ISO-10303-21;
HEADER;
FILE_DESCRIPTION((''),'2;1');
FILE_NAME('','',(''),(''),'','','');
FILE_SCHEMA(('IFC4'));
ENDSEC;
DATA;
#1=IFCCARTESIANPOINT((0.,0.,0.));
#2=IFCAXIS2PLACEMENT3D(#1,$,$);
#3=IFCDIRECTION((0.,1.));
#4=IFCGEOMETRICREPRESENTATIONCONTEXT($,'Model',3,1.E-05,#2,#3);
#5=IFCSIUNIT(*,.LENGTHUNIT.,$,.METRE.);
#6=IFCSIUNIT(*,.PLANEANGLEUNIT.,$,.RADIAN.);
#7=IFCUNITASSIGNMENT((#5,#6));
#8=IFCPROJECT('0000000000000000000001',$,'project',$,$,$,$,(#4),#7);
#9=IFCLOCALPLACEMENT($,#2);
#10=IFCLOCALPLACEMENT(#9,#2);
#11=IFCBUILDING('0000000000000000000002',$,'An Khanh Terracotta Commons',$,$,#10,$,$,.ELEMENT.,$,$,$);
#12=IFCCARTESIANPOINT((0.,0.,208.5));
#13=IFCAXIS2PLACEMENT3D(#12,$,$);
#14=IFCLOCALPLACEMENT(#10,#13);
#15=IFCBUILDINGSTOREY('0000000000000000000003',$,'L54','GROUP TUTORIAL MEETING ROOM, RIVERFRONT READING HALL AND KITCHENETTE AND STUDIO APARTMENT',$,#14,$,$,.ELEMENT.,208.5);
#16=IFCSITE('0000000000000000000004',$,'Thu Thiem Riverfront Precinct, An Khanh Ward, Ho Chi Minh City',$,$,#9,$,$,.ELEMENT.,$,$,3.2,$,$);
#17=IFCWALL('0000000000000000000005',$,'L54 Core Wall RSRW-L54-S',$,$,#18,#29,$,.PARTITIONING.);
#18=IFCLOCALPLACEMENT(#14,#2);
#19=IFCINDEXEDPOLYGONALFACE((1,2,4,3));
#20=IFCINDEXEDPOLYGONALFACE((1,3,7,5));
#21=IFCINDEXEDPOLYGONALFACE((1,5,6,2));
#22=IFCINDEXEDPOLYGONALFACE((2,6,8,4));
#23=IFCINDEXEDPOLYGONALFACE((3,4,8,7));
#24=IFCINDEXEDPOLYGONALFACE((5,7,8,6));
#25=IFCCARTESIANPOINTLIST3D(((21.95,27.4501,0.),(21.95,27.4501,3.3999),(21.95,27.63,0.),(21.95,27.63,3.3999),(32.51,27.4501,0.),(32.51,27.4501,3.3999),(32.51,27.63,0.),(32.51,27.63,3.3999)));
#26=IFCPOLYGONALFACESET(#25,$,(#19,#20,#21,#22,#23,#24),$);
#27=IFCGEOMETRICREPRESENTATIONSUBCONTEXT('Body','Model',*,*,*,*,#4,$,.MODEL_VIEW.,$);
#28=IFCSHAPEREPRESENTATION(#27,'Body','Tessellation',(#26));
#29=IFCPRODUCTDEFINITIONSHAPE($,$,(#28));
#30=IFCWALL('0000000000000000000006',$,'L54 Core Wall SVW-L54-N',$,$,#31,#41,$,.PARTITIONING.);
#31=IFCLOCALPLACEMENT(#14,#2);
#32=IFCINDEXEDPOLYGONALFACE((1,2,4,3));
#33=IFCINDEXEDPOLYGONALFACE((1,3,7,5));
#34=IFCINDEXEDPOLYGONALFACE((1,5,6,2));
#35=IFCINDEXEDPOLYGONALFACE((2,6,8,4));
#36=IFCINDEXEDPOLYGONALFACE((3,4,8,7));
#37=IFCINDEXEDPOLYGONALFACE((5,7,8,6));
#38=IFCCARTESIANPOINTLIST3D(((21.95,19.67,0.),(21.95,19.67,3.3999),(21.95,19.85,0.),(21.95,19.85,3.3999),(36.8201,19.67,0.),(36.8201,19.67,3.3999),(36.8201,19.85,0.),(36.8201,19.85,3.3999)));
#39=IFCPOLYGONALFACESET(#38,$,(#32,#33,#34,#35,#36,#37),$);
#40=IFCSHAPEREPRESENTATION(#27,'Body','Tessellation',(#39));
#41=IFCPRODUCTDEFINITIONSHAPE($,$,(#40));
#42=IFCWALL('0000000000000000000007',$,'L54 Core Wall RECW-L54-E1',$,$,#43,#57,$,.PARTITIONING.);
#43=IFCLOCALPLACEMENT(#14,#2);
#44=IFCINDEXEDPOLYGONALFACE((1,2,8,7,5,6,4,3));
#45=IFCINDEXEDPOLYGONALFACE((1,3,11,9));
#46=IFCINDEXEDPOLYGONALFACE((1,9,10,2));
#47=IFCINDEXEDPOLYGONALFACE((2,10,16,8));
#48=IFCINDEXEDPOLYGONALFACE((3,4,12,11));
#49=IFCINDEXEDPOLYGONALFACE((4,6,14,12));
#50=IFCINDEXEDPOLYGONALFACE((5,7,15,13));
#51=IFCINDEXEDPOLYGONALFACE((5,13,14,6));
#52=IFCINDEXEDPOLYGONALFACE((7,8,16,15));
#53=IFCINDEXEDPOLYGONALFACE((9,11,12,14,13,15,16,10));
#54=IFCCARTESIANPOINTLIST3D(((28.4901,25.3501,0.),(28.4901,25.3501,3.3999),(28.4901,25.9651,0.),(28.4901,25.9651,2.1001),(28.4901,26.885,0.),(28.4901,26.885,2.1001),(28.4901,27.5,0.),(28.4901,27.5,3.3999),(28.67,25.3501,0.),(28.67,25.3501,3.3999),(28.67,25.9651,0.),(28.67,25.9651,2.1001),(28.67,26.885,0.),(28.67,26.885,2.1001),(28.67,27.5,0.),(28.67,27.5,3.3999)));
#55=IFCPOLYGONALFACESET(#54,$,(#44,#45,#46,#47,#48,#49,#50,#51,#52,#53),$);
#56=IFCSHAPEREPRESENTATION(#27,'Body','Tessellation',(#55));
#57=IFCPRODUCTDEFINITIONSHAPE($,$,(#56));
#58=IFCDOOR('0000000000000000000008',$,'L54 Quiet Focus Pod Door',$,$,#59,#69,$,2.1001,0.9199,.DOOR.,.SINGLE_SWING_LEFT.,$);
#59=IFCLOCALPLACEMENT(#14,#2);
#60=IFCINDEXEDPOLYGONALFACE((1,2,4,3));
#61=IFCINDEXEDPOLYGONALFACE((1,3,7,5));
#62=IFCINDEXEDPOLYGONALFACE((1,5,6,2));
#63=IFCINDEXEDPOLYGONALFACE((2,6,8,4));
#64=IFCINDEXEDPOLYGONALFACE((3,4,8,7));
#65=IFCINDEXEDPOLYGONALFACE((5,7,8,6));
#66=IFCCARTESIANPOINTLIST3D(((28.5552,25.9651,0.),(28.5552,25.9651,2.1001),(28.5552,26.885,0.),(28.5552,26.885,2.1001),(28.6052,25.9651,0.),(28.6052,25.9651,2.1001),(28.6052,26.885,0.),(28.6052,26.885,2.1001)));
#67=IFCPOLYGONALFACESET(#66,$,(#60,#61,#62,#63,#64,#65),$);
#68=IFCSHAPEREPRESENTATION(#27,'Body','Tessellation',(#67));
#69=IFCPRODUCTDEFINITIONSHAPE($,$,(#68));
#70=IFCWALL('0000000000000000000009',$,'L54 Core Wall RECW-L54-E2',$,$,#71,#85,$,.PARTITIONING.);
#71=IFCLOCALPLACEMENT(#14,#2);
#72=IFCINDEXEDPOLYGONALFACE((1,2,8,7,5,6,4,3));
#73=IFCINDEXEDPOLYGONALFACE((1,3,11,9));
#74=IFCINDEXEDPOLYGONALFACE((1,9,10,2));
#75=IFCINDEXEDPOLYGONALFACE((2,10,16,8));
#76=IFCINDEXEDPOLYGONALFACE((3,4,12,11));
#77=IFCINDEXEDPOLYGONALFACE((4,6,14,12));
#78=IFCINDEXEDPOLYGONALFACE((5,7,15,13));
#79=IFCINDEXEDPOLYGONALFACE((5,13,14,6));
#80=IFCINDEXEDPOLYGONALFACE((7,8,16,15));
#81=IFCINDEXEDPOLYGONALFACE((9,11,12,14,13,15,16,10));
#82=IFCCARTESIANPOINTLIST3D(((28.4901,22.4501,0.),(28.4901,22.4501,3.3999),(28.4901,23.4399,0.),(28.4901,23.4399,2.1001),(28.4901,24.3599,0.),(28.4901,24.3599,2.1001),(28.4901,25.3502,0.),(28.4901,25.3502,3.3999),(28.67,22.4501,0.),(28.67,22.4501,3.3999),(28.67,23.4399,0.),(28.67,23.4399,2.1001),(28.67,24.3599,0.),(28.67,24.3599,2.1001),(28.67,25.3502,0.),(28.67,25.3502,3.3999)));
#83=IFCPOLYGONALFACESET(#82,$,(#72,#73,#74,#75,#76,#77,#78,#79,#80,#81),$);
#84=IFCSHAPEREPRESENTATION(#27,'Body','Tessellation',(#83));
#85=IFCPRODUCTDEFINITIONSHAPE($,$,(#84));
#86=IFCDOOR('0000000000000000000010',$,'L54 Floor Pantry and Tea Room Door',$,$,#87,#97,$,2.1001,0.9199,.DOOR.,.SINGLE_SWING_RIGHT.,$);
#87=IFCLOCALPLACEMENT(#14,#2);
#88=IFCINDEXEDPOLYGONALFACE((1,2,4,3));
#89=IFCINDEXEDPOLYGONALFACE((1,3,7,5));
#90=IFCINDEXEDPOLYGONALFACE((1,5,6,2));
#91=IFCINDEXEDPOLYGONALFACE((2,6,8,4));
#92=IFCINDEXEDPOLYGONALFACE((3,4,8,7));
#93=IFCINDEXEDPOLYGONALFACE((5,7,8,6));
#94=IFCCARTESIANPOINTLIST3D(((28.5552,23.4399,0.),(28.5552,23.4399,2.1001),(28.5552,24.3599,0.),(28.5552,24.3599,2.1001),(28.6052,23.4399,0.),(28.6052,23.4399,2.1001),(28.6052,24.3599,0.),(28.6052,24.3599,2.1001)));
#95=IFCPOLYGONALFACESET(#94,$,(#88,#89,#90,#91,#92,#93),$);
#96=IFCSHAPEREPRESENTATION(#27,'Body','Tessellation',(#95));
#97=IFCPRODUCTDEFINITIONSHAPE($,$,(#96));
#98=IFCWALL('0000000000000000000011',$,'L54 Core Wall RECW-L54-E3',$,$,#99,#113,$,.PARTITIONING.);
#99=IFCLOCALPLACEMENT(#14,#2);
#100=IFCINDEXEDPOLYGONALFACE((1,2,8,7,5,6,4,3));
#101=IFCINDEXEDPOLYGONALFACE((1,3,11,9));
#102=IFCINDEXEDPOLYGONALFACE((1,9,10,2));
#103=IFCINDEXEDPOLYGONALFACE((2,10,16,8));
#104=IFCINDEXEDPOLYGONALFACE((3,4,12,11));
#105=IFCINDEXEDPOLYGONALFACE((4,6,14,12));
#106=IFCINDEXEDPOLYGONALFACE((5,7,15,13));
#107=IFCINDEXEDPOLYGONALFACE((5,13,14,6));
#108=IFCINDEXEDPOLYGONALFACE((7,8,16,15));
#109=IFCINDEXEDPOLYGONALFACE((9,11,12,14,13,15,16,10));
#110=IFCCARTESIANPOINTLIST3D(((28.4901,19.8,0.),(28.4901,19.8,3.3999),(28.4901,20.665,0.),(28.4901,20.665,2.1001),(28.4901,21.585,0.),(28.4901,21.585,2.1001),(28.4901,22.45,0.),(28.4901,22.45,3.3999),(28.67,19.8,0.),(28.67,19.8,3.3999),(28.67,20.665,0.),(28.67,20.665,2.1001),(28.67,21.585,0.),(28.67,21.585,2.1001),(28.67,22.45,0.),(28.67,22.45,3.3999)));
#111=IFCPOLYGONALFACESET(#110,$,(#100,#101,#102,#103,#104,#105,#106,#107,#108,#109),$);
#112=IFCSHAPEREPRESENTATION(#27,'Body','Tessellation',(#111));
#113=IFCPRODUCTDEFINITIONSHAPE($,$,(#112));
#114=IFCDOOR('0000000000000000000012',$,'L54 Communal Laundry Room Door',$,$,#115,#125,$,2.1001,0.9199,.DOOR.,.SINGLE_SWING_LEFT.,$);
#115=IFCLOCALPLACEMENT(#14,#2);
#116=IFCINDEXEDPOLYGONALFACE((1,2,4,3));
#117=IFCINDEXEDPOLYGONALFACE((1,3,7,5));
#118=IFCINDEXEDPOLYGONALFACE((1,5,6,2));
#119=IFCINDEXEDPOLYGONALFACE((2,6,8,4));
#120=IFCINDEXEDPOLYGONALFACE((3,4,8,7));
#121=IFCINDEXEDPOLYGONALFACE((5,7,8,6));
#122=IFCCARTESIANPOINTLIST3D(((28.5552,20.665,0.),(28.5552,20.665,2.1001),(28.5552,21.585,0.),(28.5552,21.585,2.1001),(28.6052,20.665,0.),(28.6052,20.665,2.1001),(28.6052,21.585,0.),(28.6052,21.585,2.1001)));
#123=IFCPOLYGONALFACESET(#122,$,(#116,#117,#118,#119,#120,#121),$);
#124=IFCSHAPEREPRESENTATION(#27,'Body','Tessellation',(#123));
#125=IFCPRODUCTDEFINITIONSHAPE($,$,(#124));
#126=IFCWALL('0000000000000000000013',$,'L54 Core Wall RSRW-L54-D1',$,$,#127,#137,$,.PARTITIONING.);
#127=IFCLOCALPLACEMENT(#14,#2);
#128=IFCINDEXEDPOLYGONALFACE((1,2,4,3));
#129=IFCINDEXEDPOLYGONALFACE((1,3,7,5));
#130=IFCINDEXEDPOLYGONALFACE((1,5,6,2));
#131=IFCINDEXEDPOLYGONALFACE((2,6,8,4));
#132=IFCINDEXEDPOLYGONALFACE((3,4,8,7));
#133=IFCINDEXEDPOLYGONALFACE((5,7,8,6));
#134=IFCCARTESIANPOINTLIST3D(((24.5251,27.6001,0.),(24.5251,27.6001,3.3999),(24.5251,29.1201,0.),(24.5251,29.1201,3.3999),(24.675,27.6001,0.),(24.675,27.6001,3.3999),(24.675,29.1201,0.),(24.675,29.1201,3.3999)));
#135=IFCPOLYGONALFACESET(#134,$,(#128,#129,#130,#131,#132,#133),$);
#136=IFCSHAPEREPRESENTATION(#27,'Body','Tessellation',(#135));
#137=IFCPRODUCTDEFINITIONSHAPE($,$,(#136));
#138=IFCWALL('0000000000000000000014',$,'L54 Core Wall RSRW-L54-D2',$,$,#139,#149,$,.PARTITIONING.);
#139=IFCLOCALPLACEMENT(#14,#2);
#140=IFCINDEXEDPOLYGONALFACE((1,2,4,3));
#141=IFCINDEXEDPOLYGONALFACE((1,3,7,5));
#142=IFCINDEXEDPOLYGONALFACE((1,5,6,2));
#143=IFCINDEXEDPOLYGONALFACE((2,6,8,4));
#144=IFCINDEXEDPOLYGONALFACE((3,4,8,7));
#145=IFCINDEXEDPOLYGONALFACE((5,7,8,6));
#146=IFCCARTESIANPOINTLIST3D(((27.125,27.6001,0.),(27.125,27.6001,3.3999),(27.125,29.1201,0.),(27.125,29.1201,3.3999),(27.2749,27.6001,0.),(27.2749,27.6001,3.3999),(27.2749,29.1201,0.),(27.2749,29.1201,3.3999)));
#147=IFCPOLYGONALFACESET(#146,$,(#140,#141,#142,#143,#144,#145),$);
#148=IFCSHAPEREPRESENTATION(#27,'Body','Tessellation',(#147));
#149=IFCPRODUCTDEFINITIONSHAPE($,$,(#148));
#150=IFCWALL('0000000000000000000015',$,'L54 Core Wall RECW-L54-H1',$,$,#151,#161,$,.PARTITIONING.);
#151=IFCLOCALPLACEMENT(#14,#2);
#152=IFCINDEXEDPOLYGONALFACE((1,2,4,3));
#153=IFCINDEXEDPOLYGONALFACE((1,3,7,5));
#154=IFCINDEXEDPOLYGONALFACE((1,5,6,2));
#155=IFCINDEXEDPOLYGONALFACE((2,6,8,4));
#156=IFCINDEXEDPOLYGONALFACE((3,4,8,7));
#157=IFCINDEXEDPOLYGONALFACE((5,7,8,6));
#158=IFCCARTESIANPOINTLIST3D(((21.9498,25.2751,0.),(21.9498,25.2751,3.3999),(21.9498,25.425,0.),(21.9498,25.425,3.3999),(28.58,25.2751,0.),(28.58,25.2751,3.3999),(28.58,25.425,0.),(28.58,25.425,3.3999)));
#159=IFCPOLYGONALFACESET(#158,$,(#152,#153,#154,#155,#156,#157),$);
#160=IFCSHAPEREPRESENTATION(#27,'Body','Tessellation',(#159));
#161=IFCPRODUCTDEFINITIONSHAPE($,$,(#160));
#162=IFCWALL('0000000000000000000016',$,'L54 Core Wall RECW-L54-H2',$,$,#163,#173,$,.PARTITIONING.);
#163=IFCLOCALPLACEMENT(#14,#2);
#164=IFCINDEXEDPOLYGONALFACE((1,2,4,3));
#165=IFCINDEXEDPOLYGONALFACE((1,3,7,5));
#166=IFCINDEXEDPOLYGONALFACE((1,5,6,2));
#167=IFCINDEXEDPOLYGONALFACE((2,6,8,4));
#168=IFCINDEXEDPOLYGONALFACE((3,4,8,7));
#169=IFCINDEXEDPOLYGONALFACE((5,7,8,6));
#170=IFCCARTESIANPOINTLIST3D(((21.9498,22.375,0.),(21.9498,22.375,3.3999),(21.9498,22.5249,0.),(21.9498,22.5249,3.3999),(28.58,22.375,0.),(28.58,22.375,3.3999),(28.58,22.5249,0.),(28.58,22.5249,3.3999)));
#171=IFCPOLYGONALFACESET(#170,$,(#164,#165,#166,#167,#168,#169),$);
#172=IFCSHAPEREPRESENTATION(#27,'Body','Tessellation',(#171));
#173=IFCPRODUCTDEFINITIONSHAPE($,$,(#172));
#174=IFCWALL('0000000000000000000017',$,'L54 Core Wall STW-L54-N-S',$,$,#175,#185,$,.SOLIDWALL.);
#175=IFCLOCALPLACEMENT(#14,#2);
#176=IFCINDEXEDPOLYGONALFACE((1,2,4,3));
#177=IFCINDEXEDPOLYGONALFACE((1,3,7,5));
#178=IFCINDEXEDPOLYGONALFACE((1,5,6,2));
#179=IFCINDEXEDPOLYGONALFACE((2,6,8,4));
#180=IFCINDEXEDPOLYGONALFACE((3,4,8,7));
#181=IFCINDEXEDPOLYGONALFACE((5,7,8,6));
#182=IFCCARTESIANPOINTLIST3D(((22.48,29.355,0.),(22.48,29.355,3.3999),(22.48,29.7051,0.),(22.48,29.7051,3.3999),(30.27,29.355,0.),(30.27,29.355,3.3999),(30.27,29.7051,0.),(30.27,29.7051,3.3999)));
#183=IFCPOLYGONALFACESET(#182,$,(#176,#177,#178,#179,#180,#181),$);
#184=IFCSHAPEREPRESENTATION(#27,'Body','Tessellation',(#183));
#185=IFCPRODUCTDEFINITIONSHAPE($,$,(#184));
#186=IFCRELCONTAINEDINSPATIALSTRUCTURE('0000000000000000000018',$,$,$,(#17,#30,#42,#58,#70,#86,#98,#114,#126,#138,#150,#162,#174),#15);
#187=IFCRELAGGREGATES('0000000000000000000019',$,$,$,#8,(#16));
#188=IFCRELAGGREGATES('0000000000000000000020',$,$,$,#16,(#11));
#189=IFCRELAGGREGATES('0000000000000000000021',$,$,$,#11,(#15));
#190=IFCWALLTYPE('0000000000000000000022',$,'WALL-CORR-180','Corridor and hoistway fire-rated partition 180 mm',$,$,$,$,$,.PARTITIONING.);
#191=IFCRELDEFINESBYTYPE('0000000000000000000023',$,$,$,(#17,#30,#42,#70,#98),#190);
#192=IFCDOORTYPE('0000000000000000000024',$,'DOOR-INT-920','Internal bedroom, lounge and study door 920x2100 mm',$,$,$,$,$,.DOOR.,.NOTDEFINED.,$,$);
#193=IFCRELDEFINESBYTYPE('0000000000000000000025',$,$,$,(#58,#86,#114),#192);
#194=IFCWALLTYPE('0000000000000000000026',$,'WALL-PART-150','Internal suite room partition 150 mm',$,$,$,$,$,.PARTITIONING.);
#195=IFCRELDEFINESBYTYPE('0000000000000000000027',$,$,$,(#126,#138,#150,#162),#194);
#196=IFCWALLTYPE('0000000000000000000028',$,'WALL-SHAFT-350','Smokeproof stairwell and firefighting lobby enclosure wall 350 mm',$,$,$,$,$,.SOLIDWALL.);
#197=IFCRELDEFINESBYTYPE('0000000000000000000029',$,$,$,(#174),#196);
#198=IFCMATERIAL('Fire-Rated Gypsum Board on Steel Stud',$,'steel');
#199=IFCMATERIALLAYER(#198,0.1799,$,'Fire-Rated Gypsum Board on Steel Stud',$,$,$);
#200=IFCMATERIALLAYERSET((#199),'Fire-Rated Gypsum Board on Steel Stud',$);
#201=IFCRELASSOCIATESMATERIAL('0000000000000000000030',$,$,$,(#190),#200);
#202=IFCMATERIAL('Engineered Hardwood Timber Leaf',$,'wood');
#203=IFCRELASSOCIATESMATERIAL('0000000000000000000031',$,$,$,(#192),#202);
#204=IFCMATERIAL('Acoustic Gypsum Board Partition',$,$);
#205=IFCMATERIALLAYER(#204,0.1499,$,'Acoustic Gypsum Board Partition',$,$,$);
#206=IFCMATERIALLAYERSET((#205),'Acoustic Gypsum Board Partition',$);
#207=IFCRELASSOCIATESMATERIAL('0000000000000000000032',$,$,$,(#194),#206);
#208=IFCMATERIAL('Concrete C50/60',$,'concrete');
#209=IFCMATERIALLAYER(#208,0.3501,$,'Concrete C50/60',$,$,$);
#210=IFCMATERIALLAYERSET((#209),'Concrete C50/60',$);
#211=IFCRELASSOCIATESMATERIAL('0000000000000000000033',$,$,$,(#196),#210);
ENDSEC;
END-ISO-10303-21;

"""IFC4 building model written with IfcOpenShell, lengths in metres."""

from ifc_helpers import new_model, si_unit, direction, frame, frame_2d, origin, place, context, subcontext, project, spatial, rectangle, extrude, material, layer, layer_set, type_object, element, fill, save


model = new_model("IFC4")

# Units and contexts
model_context = context("Model", 3, precision=1e-05, world=origin(), true_north=direction((0.0, 1.0)))
body_context = subcontext(model_context, "Body", "Model", "MODEL_VIEW")
ifc_project = project(units=[si_unit("LENGTHUNIT", "METRE"), si_unit("PLANEANGLEUNIT", "RADIAN")], contexts=[model_context])

# Site, building, storey
site_placement = place(None, origin())
site = spatial("IfcSite", under=ifc_project, at=site_placement, Name="Thu Thiem Riverfront Precinct, An Khanh Ward, Ho Chi Minh City", CompositionType="ELEMENT", RefElevation=3.2)
building_placement = place(site_placement, origin())
building = spatial("IfcBuilding", under=site, at=building_placement, Name="An Khanh Terracotta Commons", CompositionType="ELEMENT")
storey_placement = place(building_placement, frame((0.0, 0.0, 208.5)))
storey = spatial("IfcBuildingStorey", under=building, at=storey_placement, Name="L54", Description="GROUP TUTORIAL MEETING ROOM, RIVERFRONT READING HALL AND KITCHENETTE AND STUDIO APARTMENT", CompositionType="ELEMENT", Elevation=208.5)

# Walls
ifc_material_1 = material(Name="Fire-Rated Gypsum Board on Steel Stud", Category="steel")
ifc_layer_1 = layer(ifc_material_1, 0.1799, Name="Fire-Rated Gypsum Board on Steel Stud")
ifc_layer_set_1 = layer_set([ifc_layer_1], Name="Fire-Rated Gypsum Board on Steel Stud")
wall_type_1 = type_object("IfcWallType", Name="WALL-CORR-180", Description="Corridor and hoistway fire-rated partition 180 mm", PredefinedType="PARTITIONING", material=ifc_layer_set_1)
wall_1_placement = place(storey_placement, frame((21.95, 27.54, 0.0), z_axis=(0.0, 0.0, 1.0), x_axis=(1.0, 0.0, 0.0)))
element("IfcWall", 1, at=wall_1_placement, inside=storey, type_object=wall_type_1, Name="L54 Core Wall RSRW-L54-S", PredefinedType="PARTITIONING", context=body_context, shape_type="SweptSolid", body=[
    extrude(rectangle(XDim=10.5601, YDim=0.1799, at=frame_2d((5.28, 0.0))), origin(), (0.0, 0.0, 1.0), 3.3999),
])
wall_2_placement = place(storey_placement, frame((21.95, 19.76, 0.0), z_axis=(0.0, 0.0, 1.0), x_axis=(1.0, 0.0, 0.0)))
element("IfcWall", 2, at=wall_2_placement, inside=storey, type_object=wall_type_1, Name="L54 Core Wall SVW-L54-N", PredefinedType="PARTITIONING", context=body_context, shape_type="SweptSolid", body=[
    extrude(rectangle(XDim=14.8701, YDim=0.1799, at=frame_2d((7.4351, 0.0))), origin(), (0.0, 0.0, 1.0), 3.3999),
])

# Walls, openings, doors
wall_3_placement = place(storey_placement, frame((28.5801, 25.3501, 0.0), z_axis=(0.0, 0.0, 1.0), x_axis=(0.0, 1.0, 0.0)))
wall_3 = element("IfcWall", 3, at=wall_3_placement, inside=storey, type_object=wall_type_1, Name="L54 Core Wall RECW-L54-E1", PredefinedType="PARTITIONING", context=body_context, shape_type="SweptSolid", body=[
    extrude(rectangle(XDim=2.1499, YDim=0.1799, at=frame_2d((1.075, 0.0))), origin(), (0.0, 0.0, 1.0), 3.3999),
])
opening_1_placement = place(wall_3_placement, frame((0.615, 0.0, 0.0)))
opening_1 = element("IfcOpeningElement", 4, at=opening_1_placement, cuts=wall_3, PredefinedType="OPENING", context=body_context, shape_type="SweptSolid", body=[
    extrude(rectangle(XDim=0.9199, YDim=2.1001, at=frame_2d((0.46, 1.05))), frame((0.0, 0.0999, 0.0), z_axis=(0.0, -1.0, 0.0), x_axis=(1.0, 0.0, 0.0)), (0.0, 0.0, 1.0), 0.2),
])
ifc_material_2 = material(Name="Engineered Hardwood Timber Leaf", Category="wood")
door_type = type_object("IfcDoorType", Name="DOOR-INT-920", Description="Internal bedroom, lounge and study door 920x2100 mm", OperationType="NOTDEFINED", PredefinedType="DOOR", material=ifc_material_2)
door_1_placement = place(opening_1_placement, origin())
door_1 = element("IfcDoor", 5, at=door_1_placement, inside=storey, type_object=door_type, Name="L54 Quiet Focus Pod Door", OperationType="SINGLE_SWING_LEFT", OverallHeight=2.1001, OverallWidth=0.9199, PredefinedType="DOOR", context=body_context, shape_type="SweptSolid", body=[
    extrude(rectangle(XDim=0.9199, YDim=2.1001, at=frame_2d((0.46, 1.05))), frame((0.0, 0.0249, 0.0), z_axis=(0.0, -1.0, 0.0), x_axis=(1.0, 0.0, 0.0)), (0.0, 0.0, 1.0), 0.05),
])
fill(opening_1, door_1)
wall_4_placement = place(storey_placement, frame((28.5801, 22.45, 0.0), z_axis=(0.0, 0.0, 1.0), x_axis=(0.0, 1.0, 0.0)))
wall_4 = element("IfcWall", 6, at=wall_4_placement, inside=storey, type_object=wall_type_1, Name="L54 Core Wall RECW-L54-E2", PredefinedType="PARTITIONING", context=body_context, shape_type="SweptSolid", body=[
    extrude(rectangle(XDim=2.9001, YDim=0.1799, at=frame_2d((1.4502, 0.0))), origin(), (0.0, 0.0, 1.0), 3.3999),
])
opening_2_placement = place(wall_4_placement, frame((0.99, 0.0, 0.0)))
opening_2 = element("IfcOpeningElement", 7, at=opening_2_placement, cuts=wall_4, PredefinedType="OPENING", context=body_context, shape_type="SweptSolid", body=[
    extrude(rectangle(XDim=0.9199, YDim=2.1001, at=frame_2d((0.46, 1.05))), frame((0.0, 0.0999, 0.0), z_axis=(0.0, -1.0, 0.0), x_axis=(1.0, 0.0, 0.0)), (0.0, 0.0, 1.0), 0.2),
])
door_2_placement = place(opening_2_placement, origin())
door_2 = element("IfcDoor", 8, at=door_2_placement, inside=storey, type_object=door_type, Name="L54 Floor Pantry and Tea Room Door", OperationType="SINGLE_SWING_RIGHT", OverallHeight=2.1001, OverallWidth=0.9199, PredefinedType="DOOR", context=body_context, shape_type="SweptSolid", body=[
    extrude(rectangle(XDim=0.9199, YDim=2.1001, at=frame_2d((0.46, 1.05))), frame((0.0, 0.0249, 0.0), z_axis=(0.0, -1.0, 0.0), x_axis=(1.0, 0.0, 0.0)), (0.0, 0.0, 1.0), 0.05),
])
fill(opening_2, door_2)
wall_5_placement = place(storey_placement, frame((28.5801, 19.8, 0.0), z_axis=(0.0, 0.0, 1.0), x_axis=(0.0, 1.0, 0.0)))
wall_5 = element("IfcWall", 9, at=wall_5_placement, inside=storey, type_object=wall_type_1, Name="L54 Core Wall RECW-L54-E3", PredefinedType="PARTITIONING", context=body_context, shape_type="SweptSolid", body=[
    extrude(rectangle(XDim=2.6499, YDim=0.1799, at=frame_2d((1.325, 0.0))), origin(), (0.0, 0.0, 1.0), 3.3999),
])
opening_3_placement = place(wall_5_placement, frame((0.865, 0.0, 0.0)))
opening_3 = element("IfcOpeningElement", 10, at=opening_3_placement, cuts=wall_5, PredefinedType="OPENING", context=body_context, shape_type="SweptSolid", body=[
    extrude(rectangle(XDim=0.9199, YDim=2.1001, at=frame_2d((0.46, 1.05))), frame((0.0, 0.0999, 0.0), z_axis=(0.0, -1.0, 0.0), x_axis=(1.0, 0.0, 0.0)), (0.0, 0.0, 1.0), 0.2),
])
door_3_placement = place(opening_3_placement, origin())
door_3 = element("IfcDoor", 11, at=door_3_placement, inside=storey, type_object=door_type, Name="L54 Communal Laundry Room Door", OperationType="SINGLE_SWING_LEFT", OverallHeight=2.1001, OverallWidth=0.9199, PredefinedType="DOOR", context=body_context, shape_type="SweptSolid", body=[
    extrude(rectangle(XDim=0.9199, YDim=2.1001, at=frame_2d((0.46, 1.05))), frame((0.0, 0.0249, 0.0), z_axis=(0.0, -1.0, 0.0), x_axis=(1.0, 0.0, 0.0)), (0.0, 0.0, 1.0), 0.05),
])
fill(opening_3, door_3)

# Walls
ifc_material_3 = material(Name="Acoustic Gypsum Board Partition")
ifc_layer_2 = layer(ifc_material_3, 0.1499, Name="Acoustic Gypsum Board Partition")
ifc_layer_set_2 = layer_set([ifc_layer_2], Name="Acoustic Gypsum Board Partition")
wall_type_2 = type_object("IfcWallType", Name="WALL-PART-150", Description="Internal suite room partition 150 mm", PredefinedType="PARTITIONING", material=ifc_layer_set_2)
for number, where, z_axis, x_axis, name in (
    (12, (24.6001, 27.6001, 0.0), (0.0, 0.0, 1.0), (0.0, 1.0, 0.0), "L54 Core Wall RSRW-L54-D1"),
    (13, (27.2, 27.6001, 0.0), (0.0, 0.0, 1.0), (0.0, 1.0, 0.0), "L54 Core Wall RSRW-L54-D2"),
):
    element("IfcWall", number, at=place(storey_placement, frame(where, z_axis=z_axis, x_axis=x_axis)), inside=storey, type_object=wall_type_2, Name=name, PredefinedType="PARTITIONING", context=body_context, shape_type="SweptSolid", body=[
        extrude(rectangle(XDim=1.52, YDim=0.1499, at=frame_2d((0.76, 0.0))), origin(), (0.0, 0.0, 1.0), 3.3999),
    ])
for number, where, z_axis, x_axis, name in (
    (14, (21.95, 25.3501, 0.0), (0.0, 0.0, 1.0), (1.0, 0.0, 0.0), "L54 Core Wall RECW-L54-H1"),
    (15, (21.95, 22.45, 0.0), (0.0, 0.0, 1.0), (1.0, 0.0, 0.0), "L54 Core Wall RECW-L54-H2"),
):
    element("IfcWall", number, at=place(storey_placement, frame(where, z_axis=z_axis, x_axis=x_axis)), inside=storey, type_object=wall_type_2, Name=name, PredefinedType="PARTITIONING", context=body_context, shape_type="SweptSolid", body=[
        extrude(rectangle(XDim=6.6301, YDim=0.1499, at=frame_2d((3.3149, 0.0))), origin(), (0.0, 0.0, 1.0), 3.3999),
    ])
ifc_material_4 = material(Name="Concrete C50/60", Category="concrete")
ifc_layer_3 = layer(ifc_material_4, 0.3501, Name="Concrete C50/60")
ifc_layer_set_3 = layer_set([ifc_layer_3], Name="Concrete C50/60")
wall_type_3 = type_object("IfcWallType", Name="WALL-SHAFT-350", Description="Smokeproof stairwell and firefighting lobby enclosure wall 350 mm", PredefinedType="SOLIDWALL", material=ifc_layer_set_3)
wall_6_placement = place(storey_placement, frame((22.48, 29.53, 0.0), z_axis=(0.0, 0.0, 1.0), x_axis=(1.0, 0.0, 0.0)))
element("IfcWall", 16, at=wall_6_placement, inside=storey, type_object=wall_type_3, Name="L54 Core Wall STW-L54-N-S", PredefinedType="SOLIDWALL", context=body_context, shape_type="SweptSolid", body=[
    extrude(rectangle(XDim=7.79, YDim=0.3501, at=frame_2d((3.895, 0.0))), origin(), (0.0, 0.0, 1.0), 3.3999),
])

save(model, "model.ifc")
